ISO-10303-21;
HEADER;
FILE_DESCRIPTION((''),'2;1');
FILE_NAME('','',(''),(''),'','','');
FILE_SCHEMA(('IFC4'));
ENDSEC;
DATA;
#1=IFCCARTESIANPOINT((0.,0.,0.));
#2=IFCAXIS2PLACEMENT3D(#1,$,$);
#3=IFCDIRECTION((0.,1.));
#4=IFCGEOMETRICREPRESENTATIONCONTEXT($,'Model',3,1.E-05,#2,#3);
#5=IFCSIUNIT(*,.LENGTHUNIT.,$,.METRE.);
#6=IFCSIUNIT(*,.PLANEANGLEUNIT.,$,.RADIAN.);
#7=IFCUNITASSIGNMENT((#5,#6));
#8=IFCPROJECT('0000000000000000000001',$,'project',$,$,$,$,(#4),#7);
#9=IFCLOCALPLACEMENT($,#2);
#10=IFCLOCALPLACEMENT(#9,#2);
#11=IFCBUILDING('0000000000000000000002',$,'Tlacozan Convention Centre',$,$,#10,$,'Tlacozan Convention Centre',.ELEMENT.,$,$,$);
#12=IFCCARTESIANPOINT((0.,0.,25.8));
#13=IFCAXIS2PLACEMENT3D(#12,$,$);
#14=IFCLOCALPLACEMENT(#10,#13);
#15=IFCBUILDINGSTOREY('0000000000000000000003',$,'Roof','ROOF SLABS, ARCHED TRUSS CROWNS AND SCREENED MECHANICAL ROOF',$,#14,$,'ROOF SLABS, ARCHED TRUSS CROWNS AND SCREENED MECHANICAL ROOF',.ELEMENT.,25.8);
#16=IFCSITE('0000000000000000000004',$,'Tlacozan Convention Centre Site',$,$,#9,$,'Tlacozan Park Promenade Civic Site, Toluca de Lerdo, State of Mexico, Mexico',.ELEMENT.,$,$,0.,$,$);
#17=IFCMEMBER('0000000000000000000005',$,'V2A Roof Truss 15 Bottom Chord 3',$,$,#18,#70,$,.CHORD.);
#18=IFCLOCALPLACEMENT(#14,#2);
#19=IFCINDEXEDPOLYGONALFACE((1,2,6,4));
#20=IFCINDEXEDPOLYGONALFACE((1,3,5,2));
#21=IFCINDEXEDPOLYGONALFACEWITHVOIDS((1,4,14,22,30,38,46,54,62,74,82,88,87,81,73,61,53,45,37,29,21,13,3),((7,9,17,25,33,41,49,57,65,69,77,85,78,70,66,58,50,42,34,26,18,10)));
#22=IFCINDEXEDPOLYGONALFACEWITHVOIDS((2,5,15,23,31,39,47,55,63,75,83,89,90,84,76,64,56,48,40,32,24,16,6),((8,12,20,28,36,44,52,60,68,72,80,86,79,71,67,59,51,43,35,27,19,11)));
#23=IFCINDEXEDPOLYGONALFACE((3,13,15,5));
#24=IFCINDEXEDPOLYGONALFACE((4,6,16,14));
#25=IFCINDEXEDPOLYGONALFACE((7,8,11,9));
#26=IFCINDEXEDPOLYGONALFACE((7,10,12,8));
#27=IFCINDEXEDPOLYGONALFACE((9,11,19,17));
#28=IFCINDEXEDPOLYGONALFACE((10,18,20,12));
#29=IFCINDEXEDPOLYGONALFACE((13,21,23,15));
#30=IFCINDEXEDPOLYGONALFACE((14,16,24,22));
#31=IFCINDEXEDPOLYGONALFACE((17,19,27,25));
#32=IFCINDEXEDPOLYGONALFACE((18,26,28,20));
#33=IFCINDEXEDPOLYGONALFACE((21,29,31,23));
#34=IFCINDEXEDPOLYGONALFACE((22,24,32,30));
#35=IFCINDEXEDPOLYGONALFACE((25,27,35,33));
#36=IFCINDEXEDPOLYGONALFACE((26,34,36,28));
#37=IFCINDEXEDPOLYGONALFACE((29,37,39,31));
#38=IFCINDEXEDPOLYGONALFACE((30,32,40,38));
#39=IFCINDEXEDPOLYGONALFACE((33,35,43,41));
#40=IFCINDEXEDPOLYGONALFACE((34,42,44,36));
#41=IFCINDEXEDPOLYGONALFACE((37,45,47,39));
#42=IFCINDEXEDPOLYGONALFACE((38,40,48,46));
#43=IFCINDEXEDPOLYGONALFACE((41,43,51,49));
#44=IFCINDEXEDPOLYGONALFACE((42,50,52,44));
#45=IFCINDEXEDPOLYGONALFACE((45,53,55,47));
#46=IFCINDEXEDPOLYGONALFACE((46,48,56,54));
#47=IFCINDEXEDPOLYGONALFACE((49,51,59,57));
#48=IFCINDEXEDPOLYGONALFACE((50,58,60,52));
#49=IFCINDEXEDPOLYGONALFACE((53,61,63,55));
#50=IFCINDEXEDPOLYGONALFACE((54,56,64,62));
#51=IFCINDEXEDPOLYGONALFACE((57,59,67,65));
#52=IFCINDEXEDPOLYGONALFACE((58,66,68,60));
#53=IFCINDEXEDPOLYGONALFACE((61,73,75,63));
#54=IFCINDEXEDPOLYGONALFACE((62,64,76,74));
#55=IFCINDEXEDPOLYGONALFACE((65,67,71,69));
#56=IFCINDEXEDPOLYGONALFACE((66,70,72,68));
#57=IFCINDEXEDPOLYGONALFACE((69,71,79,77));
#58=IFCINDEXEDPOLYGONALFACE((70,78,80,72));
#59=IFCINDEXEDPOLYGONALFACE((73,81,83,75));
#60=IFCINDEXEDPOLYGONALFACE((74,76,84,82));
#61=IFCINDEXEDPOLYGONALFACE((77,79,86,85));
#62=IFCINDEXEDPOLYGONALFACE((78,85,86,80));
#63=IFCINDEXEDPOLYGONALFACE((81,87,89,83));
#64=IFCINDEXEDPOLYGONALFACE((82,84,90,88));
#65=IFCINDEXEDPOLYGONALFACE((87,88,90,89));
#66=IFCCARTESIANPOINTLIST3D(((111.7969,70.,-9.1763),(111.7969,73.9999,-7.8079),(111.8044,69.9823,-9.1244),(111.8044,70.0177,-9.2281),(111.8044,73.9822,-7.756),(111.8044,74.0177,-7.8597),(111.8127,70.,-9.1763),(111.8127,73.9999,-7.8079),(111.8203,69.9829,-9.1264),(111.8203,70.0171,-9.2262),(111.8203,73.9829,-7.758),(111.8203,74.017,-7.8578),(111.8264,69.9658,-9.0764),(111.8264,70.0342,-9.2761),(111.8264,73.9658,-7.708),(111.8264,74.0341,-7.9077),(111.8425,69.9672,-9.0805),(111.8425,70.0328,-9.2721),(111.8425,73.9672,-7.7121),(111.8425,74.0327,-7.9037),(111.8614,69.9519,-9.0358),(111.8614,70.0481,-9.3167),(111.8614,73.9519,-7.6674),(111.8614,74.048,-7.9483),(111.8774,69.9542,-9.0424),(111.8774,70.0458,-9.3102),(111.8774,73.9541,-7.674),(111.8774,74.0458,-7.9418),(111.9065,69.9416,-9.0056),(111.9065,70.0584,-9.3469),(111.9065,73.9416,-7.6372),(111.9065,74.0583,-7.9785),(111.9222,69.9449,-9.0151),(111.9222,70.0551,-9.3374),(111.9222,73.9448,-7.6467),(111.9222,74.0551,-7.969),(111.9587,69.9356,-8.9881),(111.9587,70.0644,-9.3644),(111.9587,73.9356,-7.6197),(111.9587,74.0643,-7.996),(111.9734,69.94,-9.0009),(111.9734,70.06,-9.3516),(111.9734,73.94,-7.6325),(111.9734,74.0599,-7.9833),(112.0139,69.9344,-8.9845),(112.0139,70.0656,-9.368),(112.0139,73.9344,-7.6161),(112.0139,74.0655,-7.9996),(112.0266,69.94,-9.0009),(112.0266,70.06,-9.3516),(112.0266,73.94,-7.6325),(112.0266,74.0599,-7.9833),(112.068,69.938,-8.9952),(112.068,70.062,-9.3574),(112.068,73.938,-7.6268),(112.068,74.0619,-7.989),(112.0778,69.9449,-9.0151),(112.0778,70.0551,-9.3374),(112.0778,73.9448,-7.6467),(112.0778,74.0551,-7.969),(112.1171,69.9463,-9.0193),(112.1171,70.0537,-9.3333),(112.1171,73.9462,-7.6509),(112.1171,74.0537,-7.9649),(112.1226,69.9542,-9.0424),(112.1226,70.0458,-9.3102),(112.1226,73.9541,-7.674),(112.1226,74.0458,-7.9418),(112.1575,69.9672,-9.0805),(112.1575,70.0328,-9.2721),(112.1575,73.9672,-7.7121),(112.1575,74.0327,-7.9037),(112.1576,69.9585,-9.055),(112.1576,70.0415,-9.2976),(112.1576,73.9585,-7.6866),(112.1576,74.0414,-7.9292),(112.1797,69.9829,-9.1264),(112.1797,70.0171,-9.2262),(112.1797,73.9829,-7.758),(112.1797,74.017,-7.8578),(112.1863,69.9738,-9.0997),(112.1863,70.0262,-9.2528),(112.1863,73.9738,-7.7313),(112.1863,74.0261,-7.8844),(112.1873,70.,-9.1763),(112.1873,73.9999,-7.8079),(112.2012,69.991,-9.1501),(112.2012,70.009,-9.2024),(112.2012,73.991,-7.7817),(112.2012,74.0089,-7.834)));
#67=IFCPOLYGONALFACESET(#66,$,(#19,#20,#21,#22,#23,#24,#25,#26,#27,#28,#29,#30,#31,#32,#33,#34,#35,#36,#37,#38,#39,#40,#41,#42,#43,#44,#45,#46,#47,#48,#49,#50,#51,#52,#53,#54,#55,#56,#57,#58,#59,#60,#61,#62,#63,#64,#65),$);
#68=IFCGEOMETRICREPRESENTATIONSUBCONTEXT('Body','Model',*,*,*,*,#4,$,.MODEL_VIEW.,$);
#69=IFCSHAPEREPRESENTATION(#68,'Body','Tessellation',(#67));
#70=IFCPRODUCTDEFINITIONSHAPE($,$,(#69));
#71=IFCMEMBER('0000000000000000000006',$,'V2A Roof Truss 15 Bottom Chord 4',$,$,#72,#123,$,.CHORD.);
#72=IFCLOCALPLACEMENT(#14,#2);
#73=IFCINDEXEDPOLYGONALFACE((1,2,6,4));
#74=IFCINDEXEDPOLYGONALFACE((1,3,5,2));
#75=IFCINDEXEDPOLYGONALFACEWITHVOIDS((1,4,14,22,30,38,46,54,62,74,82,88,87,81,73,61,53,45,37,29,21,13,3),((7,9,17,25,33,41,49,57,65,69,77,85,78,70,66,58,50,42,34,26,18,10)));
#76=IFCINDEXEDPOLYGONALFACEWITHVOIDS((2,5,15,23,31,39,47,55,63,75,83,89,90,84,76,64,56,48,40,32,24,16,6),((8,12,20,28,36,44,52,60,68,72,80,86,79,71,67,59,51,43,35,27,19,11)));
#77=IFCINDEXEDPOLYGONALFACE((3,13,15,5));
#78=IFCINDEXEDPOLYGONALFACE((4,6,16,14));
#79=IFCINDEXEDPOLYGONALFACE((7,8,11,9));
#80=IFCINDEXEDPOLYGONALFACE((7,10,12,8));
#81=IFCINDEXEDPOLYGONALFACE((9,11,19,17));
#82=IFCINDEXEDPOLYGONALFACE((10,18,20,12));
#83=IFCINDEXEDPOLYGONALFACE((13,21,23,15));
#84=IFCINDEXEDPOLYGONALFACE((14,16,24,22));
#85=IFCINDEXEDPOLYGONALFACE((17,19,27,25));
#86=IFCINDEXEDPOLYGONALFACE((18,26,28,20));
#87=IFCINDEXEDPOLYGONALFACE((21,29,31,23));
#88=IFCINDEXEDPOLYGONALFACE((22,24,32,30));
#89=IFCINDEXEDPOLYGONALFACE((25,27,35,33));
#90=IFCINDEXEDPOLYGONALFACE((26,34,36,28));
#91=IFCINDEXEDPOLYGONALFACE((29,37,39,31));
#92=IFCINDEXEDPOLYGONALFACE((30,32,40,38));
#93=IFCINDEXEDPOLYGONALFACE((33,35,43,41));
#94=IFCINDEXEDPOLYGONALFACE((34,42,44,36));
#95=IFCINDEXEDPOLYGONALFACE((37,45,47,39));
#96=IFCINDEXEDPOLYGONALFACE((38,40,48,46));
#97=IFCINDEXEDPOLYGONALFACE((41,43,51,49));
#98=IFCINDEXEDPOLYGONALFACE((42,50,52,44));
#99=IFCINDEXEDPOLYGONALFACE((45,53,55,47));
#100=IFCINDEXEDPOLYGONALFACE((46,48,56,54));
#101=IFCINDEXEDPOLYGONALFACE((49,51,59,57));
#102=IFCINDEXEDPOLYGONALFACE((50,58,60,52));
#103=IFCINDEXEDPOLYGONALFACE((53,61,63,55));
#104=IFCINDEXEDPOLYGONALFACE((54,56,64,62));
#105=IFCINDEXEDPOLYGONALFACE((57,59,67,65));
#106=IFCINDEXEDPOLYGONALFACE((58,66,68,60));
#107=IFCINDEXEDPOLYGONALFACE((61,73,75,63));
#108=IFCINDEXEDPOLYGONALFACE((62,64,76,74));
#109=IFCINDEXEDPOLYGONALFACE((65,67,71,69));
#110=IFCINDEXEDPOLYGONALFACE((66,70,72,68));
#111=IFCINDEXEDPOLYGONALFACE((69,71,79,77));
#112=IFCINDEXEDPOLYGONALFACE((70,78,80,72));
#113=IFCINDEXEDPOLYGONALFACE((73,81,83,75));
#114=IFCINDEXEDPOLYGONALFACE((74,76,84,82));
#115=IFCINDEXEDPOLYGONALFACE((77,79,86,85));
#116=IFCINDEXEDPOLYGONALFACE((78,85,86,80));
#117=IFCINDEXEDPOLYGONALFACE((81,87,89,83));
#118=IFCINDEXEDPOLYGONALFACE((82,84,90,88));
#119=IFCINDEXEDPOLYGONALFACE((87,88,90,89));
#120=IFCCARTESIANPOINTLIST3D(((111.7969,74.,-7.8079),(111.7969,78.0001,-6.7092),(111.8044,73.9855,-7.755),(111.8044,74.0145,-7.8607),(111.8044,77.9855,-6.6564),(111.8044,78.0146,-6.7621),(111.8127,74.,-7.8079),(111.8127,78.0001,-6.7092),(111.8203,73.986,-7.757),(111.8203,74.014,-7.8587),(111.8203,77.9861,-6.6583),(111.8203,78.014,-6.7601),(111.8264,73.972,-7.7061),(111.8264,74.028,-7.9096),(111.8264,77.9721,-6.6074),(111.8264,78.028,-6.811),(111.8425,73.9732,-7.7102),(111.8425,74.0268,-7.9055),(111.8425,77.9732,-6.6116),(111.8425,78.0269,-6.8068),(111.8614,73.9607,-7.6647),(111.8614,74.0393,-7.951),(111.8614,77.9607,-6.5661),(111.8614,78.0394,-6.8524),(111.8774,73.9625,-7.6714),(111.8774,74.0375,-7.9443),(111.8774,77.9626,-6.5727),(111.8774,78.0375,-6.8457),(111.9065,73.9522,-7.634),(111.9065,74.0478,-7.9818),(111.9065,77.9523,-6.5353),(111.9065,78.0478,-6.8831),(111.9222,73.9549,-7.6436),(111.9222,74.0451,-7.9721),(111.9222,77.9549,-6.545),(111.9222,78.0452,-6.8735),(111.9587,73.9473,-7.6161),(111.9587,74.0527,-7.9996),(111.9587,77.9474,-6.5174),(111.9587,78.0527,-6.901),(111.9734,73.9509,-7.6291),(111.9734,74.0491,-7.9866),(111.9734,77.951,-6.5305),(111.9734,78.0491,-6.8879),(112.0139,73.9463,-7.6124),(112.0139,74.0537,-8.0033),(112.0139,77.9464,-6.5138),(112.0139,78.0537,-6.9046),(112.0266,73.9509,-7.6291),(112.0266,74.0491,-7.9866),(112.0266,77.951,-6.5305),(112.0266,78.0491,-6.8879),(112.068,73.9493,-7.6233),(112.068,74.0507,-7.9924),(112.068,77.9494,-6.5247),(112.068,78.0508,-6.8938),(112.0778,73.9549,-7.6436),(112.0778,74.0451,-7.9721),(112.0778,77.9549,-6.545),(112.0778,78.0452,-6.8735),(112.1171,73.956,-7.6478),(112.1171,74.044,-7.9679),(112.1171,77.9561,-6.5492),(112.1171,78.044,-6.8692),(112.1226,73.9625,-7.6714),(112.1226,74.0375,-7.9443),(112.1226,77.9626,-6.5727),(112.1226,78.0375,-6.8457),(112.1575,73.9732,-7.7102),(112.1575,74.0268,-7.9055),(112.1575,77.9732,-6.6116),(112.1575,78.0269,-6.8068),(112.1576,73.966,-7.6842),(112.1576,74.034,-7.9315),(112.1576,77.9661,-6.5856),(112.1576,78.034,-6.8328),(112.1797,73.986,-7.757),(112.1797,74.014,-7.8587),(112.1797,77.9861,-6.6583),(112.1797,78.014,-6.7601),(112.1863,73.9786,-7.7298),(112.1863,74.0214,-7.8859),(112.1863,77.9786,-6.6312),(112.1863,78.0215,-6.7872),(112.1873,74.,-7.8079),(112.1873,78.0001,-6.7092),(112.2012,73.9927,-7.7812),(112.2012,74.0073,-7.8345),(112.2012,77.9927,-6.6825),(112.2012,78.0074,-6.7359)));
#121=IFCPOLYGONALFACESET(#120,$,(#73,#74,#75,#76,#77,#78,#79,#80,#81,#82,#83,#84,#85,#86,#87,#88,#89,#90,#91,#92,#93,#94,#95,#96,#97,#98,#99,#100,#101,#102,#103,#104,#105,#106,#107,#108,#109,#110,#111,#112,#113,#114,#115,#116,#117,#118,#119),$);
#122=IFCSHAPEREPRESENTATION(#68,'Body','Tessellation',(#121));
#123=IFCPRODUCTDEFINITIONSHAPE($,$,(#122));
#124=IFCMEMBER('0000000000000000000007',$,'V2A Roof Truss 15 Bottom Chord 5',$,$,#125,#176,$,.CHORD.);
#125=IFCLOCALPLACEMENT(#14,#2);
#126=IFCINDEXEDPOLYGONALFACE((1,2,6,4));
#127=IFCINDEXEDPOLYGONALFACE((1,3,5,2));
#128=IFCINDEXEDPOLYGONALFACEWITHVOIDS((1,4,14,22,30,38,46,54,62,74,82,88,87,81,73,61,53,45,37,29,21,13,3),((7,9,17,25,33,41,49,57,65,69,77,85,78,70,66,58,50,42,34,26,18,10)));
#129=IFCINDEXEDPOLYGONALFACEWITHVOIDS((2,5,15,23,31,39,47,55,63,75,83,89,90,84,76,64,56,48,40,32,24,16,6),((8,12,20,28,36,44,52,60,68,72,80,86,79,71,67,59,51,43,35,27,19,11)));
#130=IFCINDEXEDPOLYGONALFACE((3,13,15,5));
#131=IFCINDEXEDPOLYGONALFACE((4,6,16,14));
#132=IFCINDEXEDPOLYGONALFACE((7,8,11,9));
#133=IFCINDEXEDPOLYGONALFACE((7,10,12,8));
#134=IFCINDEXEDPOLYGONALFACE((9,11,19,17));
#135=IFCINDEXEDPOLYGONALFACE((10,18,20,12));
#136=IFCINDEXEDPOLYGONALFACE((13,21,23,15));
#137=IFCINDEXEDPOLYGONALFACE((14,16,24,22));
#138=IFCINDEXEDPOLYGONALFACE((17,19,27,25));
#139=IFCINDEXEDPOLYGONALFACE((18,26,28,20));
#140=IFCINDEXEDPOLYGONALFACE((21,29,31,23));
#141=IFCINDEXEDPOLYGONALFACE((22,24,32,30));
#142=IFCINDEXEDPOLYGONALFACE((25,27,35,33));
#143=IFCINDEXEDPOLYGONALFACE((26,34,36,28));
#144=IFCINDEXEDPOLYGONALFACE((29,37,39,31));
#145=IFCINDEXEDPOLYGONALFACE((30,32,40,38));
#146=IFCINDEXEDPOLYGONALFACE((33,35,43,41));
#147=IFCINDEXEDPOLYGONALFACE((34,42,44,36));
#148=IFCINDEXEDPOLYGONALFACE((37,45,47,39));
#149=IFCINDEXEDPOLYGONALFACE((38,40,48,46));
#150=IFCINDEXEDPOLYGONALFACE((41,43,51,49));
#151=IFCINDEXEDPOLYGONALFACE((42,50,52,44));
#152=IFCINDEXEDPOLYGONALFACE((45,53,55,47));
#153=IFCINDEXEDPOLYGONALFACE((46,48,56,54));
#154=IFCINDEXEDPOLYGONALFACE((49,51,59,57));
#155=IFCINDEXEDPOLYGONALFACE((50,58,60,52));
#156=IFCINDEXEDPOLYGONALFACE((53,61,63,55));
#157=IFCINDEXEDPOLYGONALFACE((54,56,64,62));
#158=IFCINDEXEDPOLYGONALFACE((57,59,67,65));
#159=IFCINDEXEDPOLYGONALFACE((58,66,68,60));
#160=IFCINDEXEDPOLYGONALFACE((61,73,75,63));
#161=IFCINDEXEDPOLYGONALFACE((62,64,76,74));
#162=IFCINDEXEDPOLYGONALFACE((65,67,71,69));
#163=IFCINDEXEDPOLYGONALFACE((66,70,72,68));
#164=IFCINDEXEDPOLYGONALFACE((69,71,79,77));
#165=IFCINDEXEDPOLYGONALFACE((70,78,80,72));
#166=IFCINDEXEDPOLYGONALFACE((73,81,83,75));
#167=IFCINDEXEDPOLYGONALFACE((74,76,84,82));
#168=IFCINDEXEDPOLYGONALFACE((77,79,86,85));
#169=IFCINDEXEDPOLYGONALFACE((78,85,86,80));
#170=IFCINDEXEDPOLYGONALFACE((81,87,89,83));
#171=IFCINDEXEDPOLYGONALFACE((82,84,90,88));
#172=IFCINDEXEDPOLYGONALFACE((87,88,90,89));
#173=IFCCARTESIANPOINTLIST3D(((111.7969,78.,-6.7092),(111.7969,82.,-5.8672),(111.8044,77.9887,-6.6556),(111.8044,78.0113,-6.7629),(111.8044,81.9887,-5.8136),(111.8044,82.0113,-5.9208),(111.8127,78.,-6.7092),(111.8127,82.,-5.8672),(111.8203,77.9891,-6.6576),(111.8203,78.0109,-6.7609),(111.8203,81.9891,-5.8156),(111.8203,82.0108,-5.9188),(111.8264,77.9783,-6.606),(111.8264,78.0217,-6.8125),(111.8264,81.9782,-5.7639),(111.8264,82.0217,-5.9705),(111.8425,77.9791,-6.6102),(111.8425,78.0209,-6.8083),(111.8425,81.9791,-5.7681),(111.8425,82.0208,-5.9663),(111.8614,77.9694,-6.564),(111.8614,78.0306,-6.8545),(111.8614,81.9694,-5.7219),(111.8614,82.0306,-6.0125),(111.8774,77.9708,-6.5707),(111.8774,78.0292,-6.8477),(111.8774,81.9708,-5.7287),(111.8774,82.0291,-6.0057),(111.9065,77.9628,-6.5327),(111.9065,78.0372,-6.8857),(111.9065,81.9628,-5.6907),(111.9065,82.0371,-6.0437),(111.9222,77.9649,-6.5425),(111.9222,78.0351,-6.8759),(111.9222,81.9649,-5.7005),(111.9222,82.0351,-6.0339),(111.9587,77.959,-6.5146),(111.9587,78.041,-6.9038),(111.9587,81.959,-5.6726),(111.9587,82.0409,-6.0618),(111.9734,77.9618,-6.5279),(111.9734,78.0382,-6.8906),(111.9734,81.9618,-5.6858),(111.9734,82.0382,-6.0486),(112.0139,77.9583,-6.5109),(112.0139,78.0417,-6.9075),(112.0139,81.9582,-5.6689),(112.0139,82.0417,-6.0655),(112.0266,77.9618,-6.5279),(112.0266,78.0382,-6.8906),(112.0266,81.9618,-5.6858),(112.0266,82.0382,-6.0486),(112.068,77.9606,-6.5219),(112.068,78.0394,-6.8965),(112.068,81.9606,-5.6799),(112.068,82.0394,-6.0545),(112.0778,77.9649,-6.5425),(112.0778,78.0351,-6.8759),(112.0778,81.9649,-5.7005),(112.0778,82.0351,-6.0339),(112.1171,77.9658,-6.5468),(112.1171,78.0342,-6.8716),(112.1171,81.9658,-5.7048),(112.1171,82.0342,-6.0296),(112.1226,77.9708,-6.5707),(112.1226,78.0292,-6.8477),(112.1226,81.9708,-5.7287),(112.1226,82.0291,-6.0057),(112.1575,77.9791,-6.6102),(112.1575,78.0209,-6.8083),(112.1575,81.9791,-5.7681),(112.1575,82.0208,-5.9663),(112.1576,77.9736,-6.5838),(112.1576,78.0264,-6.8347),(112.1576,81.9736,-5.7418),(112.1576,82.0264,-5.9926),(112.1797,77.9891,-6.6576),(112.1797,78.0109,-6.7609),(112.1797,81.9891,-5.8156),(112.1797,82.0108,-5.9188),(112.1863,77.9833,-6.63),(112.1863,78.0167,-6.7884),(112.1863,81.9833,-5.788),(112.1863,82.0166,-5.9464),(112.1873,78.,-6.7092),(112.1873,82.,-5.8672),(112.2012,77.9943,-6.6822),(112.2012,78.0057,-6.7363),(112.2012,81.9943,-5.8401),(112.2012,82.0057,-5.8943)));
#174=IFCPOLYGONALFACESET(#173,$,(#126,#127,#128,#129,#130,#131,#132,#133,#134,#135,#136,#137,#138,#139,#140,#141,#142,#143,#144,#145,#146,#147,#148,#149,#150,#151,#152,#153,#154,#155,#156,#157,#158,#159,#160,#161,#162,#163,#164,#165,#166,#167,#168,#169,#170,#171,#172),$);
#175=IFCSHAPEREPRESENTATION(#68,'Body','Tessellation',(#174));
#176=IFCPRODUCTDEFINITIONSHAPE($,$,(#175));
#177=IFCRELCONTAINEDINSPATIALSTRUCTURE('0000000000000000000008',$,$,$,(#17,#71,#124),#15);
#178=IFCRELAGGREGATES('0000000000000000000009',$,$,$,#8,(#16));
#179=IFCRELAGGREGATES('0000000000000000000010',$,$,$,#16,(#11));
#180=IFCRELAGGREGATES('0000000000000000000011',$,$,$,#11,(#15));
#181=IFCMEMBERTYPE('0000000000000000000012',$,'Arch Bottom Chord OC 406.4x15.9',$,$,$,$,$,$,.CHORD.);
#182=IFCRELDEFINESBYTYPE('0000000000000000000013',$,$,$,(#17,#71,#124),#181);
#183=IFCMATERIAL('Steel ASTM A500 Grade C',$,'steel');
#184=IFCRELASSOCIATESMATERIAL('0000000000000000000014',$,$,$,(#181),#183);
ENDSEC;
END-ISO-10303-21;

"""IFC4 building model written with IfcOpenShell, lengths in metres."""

from ifc_helpers import new_model, si_unit, direction, frame, origin, origin_2d, place, context, subcontext, project, spatial, hollow_circle, extrude, material, material_profile, profile_set, type_object, element, save


model = new_model("IFC4")

# Units and contexts
model_context = context("Model", 3, precision=1e-05, world=origin(), true_north=direction((0.0, 1.0)))
body_context = subcontext(model_context, "Body", "Model", "MODEL_VIEW")
ifc_project = project(units=[si_unit("LENGTHUNIT", "METRE"), si_unit("PLANEANGLEUNIT", "RADIAN")], contexts=[model_context])

# Site, building, storey
site_placement = place(None, origin())
site = spatial("IfcSite", under=ifc_project, at=site_placement, Name="Tlacozan Convention Centre Site", LongName="Tlacozan Park Promenade Civic Site, Toluca de Lerdo, State of Mexico, Mexico", CompositionType="ELEMENT", RefElevation=0.0)
building_placement = place(site_placement, origin())
building = spatial("IfcBuilding", under=site, at=building_placement, Name="Tlacozan Convention Centre", LongName="Tlacozan Convention Centre", CompositionType="ELEMENT")
storey_placement = place(building_placement, frame((0.0, 0.0, 25.8)))
storey = spatial("IfcBuildingStorey", under=building, at=storey_placement, Name="Roof", Description="ROOF SLABS, ARCHED TRUSS CROWNS AND SCREENED MECHANICAL ROOF", LongName="ROOF SLABS, ARCHED TRUSS CROWNS AND SCREENED MECHANICAL ROOF", CompositionType="ELEMENT", Elevation=25.8)

# Members
ifc_material_1 = material(Name="Steel ASTM A500 Grade C", Category="steel")
ifc_material_profile_1 = material_profile(ifc_material_1, hollow_circle(Radius=0.2031, WallThickness=0.0159, at=origin_2d()), Name="OC 406.4x15.9")
ifc_profile_set_1 = profile_set([ifc_material_profile_1], Name="Steel ASTM A500 Grade C")
member_type_1 = type_object("IfcMemberType", Name="Arch Bottom Chord OC 406.4x15.9", PredefinedType="CHORD", material=ifc_profile_set_1)
member_1_placement = place(storey_placement, frame((112.0, 70.0, -9.1763), z_axis=(0.0, 0.946165, 0.323685), x_axis=(-1.0, 0.0, 0.0)))
element("IfcMember", 1, at=member_1_placement, inside=storey, type_object=member_type_1, Name="V2A Roof Truss 15 Bottom Chord 3", PredefinedType="CHORD", context=body_context, shape_type="SweptSolid", body=[
    extrude(hollow_circle(Radius=0.2031, WallThickness=0.0159, at=origin_2d()), origin(), (0.0, 0.0, 1.0), 4.2275),
])
member_2_placement = place(storey_placement, frame((112.0, 74.0, -7.8079), z_axis=(0.0, 0.96429, 0.26485), x_axis=(-1.0, 0.0, 0.0)))
element("IfcMember", 2, at=member_2_placement, inside=storey, type_object=member_type_1, Name="V2A Roof Truss 15 Bottom Chord 4", PredefinedType="CHORD", context=body_context, shape_type="SweptSolid", body=[
    extrude(hollow_circle(Radius=0.2031, WallThickness=0.0159, at=origin_2d()), origin(), (0.0, 0.0, 1.0), 4.1482),
])
member_3_placement = place(storey_placement, frame((112.0, 78.0, -6.7092), z_axis=(0.0, 0.978553, 0.205995), x_axis=(-1.0, 0.0, 0.0)))
element("IfcMember", 3, at=member_3_placement, inside=storey, type_object=member_type_1, Name="V2A Roof Truss 15 Bottom Chord 5", PredefinedType="CHORD", context=body_context, shape_type="SweptSolid", body=[
    extrude(hollow_circle(Radius=0.2031, WallThickness=0.0159, at=origin_2d()), origin(), (0.0, 0.0, 1.0), 4.0876),
])

save(model, "model.ifc")
